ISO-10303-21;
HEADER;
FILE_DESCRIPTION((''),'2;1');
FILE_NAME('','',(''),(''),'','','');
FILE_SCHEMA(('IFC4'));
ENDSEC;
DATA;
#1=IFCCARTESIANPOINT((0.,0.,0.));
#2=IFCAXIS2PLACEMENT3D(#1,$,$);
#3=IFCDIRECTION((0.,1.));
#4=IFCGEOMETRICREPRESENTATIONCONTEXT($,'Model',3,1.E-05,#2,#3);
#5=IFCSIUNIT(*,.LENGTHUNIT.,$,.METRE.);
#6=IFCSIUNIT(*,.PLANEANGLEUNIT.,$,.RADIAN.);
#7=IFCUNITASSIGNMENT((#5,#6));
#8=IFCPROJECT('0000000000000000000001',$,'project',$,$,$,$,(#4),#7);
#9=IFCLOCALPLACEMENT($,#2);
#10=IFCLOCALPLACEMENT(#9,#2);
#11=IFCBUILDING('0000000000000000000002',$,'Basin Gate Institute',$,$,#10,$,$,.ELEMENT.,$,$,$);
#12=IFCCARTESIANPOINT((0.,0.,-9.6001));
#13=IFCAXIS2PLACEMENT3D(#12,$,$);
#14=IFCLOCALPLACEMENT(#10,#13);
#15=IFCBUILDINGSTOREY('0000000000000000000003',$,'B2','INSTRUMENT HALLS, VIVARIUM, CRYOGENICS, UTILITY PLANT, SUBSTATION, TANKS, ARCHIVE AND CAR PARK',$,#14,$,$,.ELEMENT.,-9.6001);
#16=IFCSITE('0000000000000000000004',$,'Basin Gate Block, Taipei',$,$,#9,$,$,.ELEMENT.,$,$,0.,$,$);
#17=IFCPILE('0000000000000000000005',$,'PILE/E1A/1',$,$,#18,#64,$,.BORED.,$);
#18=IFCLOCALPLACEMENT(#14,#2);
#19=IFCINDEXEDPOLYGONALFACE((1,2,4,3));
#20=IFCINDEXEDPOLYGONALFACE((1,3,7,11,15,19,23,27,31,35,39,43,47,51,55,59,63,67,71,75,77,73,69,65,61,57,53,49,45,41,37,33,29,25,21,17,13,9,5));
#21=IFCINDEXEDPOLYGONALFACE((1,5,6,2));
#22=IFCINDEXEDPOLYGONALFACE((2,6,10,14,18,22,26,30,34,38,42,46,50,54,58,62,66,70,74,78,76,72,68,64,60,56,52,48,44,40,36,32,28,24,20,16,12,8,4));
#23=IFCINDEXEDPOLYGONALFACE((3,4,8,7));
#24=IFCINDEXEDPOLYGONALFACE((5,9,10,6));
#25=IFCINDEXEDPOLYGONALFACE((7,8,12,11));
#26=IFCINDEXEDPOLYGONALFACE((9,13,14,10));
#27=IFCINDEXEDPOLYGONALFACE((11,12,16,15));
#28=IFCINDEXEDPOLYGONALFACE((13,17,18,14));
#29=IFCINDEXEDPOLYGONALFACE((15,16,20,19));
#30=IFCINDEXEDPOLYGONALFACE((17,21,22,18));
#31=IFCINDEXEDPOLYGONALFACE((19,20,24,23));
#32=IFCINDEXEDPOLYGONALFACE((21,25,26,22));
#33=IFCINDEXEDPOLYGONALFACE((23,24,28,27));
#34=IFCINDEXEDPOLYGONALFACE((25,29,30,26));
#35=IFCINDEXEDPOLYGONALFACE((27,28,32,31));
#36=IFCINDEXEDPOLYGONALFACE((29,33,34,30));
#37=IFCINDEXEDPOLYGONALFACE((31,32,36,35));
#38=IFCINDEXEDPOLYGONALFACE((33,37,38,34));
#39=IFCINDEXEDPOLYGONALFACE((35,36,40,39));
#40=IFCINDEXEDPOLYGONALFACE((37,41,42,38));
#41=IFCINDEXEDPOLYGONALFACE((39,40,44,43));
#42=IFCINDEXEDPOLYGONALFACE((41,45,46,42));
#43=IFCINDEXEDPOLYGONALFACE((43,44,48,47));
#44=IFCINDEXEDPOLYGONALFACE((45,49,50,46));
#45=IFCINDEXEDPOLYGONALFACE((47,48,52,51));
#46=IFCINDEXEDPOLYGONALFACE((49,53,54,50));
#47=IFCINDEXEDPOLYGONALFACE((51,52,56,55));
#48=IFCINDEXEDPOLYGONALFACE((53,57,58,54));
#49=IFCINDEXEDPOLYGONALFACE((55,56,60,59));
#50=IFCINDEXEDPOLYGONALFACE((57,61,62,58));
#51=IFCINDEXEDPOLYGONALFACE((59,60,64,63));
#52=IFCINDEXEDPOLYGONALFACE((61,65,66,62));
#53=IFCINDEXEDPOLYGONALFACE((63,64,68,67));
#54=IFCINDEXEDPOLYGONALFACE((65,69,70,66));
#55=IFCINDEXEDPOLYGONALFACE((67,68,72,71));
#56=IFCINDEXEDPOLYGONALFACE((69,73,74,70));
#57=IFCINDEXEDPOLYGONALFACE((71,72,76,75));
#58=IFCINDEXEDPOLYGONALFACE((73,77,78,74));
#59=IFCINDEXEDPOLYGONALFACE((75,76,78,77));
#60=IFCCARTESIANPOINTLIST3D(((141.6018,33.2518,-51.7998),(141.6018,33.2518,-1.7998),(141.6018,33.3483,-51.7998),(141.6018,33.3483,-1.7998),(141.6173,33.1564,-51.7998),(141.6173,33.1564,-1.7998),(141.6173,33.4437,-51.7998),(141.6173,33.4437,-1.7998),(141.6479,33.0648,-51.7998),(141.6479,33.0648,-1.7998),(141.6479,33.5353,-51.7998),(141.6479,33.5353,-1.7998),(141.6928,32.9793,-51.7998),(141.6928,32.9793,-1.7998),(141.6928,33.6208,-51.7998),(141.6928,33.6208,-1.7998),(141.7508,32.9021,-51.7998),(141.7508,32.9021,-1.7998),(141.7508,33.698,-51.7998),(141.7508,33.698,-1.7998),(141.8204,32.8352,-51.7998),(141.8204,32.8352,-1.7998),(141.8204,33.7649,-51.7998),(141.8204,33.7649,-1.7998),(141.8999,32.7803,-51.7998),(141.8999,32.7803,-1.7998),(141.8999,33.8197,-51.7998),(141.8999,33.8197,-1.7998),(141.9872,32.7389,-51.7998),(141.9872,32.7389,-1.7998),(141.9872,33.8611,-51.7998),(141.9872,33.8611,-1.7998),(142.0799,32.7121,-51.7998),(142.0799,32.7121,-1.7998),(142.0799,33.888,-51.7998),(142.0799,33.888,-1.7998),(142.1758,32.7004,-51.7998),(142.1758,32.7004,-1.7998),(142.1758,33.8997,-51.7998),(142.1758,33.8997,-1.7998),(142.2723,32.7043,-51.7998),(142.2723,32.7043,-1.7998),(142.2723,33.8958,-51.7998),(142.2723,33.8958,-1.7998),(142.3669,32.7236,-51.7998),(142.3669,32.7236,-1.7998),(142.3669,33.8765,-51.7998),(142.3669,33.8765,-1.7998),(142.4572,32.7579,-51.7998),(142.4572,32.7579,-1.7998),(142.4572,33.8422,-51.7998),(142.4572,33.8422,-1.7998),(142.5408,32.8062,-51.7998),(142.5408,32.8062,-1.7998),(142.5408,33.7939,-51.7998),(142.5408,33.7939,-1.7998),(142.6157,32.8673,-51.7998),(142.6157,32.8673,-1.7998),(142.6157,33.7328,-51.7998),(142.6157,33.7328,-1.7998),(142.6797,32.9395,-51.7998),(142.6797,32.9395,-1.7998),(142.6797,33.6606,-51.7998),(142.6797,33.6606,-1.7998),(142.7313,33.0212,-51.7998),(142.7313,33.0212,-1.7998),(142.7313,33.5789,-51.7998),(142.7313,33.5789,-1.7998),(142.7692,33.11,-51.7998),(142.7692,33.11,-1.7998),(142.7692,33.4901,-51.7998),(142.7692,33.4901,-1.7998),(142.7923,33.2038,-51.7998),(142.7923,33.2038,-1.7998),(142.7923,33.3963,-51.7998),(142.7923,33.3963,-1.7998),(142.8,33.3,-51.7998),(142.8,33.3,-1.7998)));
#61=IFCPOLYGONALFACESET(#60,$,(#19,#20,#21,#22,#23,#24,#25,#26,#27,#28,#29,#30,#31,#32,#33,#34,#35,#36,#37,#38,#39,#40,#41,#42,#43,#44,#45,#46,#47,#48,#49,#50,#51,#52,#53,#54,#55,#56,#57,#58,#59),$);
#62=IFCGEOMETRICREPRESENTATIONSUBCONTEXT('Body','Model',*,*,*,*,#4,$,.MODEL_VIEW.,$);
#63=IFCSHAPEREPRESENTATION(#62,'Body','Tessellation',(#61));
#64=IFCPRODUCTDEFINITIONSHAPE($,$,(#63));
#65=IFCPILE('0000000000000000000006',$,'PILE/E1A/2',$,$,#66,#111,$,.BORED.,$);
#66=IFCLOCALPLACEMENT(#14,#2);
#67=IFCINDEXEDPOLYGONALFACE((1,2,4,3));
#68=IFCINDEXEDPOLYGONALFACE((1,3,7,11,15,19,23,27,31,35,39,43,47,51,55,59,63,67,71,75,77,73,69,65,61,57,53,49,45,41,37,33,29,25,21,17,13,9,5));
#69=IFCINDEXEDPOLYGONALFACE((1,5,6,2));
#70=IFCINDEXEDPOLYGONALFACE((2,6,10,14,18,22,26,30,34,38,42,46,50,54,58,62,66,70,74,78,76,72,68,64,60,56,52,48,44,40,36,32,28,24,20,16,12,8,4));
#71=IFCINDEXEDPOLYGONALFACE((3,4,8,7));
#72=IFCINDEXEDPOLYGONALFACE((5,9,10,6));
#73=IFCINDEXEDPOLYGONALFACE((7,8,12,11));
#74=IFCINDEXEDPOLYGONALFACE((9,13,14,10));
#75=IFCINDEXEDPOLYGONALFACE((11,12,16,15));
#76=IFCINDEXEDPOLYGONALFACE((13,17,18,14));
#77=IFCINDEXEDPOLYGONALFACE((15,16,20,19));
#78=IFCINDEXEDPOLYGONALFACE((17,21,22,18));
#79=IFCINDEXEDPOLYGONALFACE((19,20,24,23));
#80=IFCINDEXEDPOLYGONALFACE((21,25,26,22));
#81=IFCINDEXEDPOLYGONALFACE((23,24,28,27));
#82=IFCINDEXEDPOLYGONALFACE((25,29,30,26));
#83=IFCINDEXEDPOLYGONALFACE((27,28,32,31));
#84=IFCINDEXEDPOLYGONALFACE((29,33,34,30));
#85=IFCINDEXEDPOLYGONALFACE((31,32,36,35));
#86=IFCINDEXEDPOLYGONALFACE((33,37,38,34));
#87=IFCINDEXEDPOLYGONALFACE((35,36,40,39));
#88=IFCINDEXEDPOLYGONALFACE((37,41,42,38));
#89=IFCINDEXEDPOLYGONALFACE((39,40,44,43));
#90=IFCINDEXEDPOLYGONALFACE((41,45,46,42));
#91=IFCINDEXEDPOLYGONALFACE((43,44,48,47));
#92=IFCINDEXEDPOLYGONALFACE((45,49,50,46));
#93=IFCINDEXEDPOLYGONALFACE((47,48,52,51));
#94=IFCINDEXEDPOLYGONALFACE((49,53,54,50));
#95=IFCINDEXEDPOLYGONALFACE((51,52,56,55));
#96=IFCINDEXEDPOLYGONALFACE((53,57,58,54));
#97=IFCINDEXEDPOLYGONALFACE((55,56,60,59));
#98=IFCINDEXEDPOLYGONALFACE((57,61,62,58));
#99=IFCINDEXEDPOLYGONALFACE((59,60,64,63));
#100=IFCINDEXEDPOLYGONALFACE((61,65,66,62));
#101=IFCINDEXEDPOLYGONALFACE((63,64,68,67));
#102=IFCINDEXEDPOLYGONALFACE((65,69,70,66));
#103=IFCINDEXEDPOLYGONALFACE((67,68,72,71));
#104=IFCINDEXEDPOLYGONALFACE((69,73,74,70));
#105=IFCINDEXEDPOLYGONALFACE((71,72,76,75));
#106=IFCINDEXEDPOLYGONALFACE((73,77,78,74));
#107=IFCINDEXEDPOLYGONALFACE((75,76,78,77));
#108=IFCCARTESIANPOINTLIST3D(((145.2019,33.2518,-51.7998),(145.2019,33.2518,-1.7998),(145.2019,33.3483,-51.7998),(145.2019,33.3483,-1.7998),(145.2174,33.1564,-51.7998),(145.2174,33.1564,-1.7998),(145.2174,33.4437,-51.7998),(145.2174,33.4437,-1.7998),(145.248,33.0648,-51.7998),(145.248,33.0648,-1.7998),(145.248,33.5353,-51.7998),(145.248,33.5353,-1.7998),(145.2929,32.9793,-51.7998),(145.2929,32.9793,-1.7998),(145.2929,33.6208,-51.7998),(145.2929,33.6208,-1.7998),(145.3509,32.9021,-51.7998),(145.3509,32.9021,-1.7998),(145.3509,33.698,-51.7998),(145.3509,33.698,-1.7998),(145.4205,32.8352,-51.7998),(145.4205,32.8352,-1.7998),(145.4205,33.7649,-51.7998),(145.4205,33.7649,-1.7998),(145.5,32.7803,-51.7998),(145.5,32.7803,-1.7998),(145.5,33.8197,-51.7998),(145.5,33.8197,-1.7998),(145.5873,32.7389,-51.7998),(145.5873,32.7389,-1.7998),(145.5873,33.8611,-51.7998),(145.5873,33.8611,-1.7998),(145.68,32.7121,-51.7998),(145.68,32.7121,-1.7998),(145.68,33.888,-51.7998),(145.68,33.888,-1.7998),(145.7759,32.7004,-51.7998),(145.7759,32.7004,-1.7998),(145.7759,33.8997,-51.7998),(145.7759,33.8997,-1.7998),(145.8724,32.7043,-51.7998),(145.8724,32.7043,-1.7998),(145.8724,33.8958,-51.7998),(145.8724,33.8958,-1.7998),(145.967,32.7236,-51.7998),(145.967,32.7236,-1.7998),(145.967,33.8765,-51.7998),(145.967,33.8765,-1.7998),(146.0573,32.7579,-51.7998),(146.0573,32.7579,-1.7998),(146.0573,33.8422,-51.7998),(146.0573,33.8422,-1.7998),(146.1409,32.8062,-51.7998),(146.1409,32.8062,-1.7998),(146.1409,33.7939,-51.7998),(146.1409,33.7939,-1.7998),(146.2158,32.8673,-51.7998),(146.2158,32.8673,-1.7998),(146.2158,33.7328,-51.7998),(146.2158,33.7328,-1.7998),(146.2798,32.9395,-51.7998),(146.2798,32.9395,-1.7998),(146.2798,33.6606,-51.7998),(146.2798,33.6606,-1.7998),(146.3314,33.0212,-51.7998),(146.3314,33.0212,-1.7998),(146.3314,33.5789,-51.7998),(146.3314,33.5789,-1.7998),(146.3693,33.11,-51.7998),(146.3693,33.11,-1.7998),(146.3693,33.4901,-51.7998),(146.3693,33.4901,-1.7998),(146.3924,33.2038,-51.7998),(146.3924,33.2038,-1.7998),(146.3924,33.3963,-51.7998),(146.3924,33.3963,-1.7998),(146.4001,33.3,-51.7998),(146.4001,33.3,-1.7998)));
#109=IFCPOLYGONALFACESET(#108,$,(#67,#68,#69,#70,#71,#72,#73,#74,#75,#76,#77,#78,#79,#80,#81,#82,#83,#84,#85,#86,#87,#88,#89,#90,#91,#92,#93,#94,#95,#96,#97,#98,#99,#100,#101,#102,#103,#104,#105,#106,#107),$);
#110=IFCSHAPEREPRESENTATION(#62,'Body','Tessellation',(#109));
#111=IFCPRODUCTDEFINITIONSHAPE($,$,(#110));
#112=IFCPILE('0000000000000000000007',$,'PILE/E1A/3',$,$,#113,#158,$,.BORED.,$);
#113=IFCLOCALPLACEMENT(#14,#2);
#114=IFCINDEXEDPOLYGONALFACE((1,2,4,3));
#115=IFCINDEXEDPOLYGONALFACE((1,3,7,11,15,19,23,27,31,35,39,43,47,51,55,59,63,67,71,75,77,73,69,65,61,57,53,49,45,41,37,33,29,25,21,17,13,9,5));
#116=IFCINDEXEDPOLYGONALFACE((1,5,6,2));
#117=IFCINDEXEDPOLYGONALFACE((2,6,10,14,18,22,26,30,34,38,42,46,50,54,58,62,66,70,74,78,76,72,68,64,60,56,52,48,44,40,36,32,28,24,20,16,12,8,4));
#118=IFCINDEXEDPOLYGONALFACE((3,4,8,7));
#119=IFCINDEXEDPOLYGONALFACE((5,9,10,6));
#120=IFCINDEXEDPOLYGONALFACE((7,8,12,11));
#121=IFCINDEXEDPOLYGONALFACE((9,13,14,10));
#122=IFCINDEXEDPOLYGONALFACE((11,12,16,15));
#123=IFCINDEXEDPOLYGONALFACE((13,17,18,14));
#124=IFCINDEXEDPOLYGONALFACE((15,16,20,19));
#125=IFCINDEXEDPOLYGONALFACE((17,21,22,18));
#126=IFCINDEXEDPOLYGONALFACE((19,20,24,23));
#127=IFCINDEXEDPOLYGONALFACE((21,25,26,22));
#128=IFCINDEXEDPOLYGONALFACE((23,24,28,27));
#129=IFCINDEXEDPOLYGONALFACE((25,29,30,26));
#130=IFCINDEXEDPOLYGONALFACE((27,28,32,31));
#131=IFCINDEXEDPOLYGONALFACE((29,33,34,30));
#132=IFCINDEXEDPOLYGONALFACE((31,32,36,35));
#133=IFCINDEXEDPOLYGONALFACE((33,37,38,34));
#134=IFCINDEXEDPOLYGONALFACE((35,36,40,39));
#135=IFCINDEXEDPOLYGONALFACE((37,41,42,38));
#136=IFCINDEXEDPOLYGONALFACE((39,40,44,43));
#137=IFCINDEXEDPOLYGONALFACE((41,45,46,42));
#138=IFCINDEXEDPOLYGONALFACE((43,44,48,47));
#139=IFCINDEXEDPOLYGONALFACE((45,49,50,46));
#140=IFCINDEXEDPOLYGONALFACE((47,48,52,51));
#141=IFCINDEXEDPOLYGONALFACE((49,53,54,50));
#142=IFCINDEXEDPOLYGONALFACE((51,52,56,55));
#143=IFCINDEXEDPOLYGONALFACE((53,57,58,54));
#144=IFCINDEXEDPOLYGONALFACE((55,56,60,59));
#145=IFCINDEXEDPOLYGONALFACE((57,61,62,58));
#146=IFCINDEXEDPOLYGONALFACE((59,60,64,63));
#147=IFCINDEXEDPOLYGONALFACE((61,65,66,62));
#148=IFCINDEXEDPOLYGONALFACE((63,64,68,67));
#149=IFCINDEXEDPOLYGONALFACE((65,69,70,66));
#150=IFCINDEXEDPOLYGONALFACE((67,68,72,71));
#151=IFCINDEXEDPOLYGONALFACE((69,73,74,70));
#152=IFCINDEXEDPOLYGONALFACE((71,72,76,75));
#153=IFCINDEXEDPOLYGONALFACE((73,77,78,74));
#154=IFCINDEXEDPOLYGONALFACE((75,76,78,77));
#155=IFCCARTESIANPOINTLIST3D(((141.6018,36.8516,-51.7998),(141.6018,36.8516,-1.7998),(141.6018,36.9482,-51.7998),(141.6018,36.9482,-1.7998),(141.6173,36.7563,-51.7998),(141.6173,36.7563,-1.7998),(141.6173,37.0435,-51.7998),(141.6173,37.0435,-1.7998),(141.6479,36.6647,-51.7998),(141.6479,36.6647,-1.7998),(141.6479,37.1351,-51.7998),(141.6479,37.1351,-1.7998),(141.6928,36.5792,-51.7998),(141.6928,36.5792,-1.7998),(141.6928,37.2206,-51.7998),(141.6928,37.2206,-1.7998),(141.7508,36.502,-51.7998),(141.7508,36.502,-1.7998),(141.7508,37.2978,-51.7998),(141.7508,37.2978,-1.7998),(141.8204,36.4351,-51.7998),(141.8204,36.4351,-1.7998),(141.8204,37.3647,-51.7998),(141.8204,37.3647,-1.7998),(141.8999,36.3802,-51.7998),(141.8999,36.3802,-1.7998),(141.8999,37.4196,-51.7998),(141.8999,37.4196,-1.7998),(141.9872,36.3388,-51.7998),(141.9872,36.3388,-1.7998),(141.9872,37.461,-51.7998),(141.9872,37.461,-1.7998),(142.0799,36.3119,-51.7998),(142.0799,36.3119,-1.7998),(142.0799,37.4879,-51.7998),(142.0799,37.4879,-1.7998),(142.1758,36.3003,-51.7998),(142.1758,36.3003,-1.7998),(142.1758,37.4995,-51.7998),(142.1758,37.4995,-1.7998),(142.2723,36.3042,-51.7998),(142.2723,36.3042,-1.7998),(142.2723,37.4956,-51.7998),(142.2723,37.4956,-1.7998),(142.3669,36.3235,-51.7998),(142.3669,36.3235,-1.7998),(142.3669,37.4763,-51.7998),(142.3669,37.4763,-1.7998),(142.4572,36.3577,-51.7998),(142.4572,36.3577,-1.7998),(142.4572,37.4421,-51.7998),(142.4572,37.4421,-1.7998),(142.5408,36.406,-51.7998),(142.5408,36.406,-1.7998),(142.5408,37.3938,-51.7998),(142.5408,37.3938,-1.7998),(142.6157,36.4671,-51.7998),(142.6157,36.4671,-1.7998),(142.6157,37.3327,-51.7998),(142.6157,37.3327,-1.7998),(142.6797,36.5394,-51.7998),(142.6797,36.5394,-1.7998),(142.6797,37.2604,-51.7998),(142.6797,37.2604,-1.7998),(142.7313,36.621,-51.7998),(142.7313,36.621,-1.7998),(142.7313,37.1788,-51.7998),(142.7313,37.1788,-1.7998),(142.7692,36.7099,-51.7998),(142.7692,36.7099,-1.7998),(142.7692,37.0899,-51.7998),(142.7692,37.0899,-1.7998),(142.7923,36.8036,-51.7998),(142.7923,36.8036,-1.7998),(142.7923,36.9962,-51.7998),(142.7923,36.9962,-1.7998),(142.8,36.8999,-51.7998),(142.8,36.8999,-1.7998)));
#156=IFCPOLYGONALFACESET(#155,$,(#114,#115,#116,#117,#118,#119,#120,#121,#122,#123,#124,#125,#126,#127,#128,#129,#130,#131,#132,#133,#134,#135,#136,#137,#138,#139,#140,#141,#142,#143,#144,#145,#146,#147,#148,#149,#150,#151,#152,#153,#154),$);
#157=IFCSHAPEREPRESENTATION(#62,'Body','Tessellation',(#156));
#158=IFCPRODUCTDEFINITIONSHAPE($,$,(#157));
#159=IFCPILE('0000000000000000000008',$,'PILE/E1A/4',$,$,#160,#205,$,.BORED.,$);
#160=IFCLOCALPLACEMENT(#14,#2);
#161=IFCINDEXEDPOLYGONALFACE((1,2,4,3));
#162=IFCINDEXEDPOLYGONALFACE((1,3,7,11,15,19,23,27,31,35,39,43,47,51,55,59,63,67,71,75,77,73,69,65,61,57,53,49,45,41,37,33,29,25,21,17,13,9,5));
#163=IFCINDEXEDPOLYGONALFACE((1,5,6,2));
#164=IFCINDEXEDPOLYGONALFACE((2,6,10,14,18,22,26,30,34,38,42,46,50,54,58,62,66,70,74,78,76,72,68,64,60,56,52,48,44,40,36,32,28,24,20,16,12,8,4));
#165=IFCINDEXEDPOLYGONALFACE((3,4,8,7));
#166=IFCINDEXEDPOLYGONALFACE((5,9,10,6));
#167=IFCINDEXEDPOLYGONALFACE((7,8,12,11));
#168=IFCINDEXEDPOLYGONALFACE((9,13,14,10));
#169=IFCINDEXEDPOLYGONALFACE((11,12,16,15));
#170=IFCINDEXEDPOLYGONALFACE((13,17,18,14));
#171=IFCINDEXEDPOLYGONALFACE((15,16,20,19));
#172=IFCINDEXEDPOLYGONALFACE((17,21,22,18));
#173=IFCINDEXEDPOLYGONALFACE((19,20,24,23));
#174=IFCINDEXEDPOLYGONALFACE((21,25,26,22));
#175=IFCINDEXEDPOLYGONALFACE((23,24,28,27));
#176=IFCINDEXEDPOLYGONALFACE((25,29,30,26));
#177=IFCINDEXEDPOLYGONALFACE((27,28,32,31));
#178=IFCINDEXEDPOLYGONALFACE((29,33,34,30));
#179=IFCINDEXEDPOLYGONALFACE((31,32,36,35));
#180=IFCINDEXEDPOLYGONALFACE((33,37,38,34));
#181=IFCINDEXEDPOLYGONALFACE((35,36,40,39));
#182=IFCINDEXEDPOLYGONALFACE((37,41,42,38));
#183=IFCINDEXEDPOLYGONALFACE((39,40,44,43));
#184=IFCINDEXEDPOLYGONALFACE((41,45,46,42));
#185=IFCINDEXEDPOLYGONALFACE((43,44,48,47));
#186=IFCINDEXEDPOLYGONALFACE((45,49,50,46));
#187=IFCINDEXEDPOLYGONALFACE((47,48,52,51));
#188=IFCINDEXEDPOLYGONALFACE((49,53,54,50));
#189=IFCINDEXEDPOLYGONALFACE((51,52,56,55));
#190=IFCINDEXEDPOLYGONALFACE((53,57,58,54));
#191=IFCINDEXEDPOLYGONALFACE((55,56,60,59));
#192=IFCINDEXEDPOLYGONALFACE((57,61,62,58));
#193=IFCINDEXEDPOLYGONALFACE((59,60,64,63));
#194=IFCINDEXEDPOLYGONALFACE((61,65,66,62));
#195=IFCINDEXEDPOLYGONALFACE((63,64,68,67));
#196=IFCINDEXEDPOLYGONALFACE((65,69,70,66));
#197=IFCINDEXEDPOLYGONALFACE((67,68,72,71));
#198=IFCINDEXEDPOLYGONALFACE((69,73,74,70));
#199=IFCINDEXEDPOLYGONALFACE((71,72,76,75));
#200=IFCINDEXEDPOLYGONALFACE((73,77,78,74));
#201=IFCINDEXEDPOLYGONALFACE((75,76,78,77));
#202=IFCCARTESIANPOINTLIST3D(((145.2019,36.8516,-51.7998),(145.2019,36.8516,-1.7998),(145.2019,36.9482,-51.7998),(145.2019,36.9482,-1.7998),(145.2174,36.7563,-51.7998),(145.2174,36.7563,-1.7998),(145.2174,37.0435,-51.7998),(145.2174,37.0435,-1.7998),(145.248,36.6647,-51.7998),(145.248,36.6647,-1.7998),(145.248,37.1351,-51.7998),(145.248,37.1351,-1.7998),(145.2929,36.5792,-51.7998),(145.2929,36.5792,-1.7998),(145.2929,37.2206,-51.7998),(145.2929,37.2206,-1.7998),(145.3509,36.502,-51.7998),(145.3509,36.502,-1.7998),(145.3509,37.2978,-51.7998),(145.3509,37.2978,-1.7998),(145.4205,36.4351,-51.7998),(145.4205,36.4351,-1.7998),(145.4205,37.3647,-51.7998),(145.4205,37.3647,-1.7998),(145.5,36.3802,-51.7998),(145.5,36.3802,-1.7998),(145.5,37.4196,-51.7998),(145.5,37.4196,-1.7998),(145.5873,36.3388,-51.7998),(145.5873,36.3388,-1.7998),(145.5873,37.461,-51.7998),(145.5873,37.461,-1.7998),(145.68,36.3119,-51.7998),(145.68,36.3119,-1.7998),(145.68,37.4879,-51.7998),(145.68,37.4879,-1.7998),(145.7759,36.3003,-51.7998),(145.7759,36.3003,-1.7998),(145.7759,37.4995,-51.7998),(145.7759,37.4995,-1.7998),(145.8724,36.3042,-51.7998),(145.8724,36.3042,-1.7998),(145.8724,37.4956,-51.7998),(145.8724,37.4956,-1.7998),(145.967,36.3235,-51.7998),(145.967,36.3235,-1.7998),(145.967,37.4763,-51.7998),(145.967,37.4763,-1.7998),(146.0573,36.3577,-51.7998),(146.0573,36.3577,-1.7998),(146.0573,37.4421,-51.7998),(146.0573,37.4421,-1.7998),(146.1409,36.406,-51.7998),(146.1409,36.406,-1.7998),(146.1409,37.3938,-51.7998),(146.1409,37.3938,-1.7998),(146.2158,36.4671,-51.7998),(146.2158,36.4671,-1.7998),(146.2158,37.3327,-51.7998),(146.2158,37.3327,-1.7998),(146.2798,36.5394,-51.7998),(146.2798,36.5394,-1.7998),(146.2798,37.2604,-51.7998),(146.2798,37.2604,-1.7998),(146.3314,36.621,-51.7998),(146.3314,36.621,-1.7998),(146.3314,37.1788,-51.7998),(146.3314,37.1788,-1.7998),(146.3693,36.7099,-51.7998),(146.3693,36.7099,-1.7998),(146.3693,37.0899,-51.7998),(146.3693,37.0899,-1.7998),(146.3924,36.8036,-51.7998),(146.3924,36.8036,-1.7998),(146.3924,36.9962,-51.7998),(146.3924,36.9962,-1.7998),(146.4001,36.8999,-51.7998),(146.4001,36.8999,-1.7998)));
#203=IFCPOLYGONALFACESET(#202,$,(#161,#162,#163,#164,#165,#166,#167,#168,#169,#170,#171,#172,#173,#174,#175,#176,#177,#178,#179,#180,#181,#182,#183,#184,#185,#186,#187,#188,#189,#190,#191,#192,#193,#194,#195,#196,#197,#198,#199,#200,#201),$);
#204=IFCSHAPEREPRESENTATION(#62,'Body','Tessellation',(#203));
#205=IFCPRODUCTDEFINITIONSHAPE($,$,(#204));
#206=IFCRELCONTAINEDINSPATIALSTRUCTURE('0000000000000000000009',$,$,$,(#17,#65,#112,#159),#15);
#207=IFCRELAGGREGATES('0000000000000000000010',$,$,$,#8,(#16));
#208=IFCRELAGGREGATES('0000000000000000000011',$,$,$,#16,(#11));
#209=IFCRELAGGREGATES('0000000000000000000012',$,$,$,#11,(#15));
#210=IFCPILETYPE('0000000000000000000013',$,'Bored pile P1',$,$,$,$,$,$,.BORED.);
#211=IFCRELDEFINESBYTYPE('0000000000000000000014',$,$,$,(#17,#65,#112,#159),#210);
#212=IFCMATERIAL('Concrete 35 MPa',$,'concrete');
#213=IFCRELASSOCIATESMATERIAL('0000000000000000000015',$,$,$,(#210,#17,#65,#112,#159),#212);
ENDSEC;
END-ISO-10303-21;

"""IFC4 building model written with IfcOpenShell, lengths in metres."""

from ifc_helpers import new_model, si_unit, direction, frame, origin, origin_2d, place, context, subcontext, project, spatial, circle, extrude, material, material_profile, profile_set, type_object, element, save


model = new_model("IFC4")

# Units and contexts
model_context = context("Model", 3, precision=1e-05, world=origin(), true_north=direction((0.0, 1.0)))
body_context = subcontext(model_context, "Body", "Model", "MODEL_VIEW")
ifc_project = project(units=[si_unit("LENGTHUNIT", "METRE"), si_unit("PLANEANGLEUNIT", "RADIAN")], contexts=[model_context])

# Site, building, storey
site_placement = place(None, origin())
site = spatial("IfcSite", under=ifc_project, at=site_placement, Name="Basin Gate Block, Taipei", CompositionType="ELEMENT", RefElevation=0.0)
building_placement = place(site_placement, origin())
building = spatial("IfcBuilding", under=site, at=building_placement, Name="Basin Gate Institute", CompositionType="ELEMENT")
storey_placement = place(building_placement, frame((0.0, 0.0, -9.6001)))
storey = spatial("IfcBuildingStorey", under=building, at=storey_placement, Name="B2", Description="INSTRUMENT HALLS, VIVARIUM, CRYOGENICS, UTILITY PLANT, SUBSTATION, TANKS, ARCHIVE AND CAR PARK", CompositionType="ELEMENT", Elevation=-9.6001)

# Piles
ifc_material_1 = material(Name="Concrete 35 MPa", Category="concrete")
ifc_material_profile_1 = material_profile(ifc_material_1, circle(Radius=0.6001, at=origin_2d()), Name="Bored pile P1 1200 dia")
ifc_profile_set_1 = profile_set([ifc_material_profile_1], Name="Concrete 35 MPa")
pile_type = type_object("IfcPileType", Name="Bored pile P1", PredefinedType="BORED", material=ifc_profile_set_1)
for number, where, z_axis, x_axis, name in (
    (1, (142.2, 33.3, -1.7998), (0.0, 0.0, -1.0), (1.0, 0.0, 0.0), "PILE/E1A/1"),
    (2, (145.8, 33.3, -1.7998), (0.0, 0.0, -1.0), (1.0, 0.0, 0.0), "PILE/E1A/2"),
    (3, (142.2, 36.8999, -1.7998), (0.0, 0.0, -1.0), (1.0, 0.0, 0.0), "PILE/E1A/3"),
    (4, (145.8, 36.8999, -1.7998), (0.0, 0.0, -1.0), (1.0, 0.0, 0.0), "PILE/E1A/4"),
):
    element("IfcPile", number, at=place(storey_placement, frame(where, z_axis=z_axis, x_axis=x_axis)), inside=storey, type_object=pile_type, material=ifc_profile_set_1, Name=name, PredefinedType="BORED", context=body_context, shape_type="SweptSolid", body=[
        extrude(circle(Radius=0.6001, at=origin_2d()), origin(), (0.0, 0.0, 1.0), 50.0),
    ])

save(model, "model.ifc")
